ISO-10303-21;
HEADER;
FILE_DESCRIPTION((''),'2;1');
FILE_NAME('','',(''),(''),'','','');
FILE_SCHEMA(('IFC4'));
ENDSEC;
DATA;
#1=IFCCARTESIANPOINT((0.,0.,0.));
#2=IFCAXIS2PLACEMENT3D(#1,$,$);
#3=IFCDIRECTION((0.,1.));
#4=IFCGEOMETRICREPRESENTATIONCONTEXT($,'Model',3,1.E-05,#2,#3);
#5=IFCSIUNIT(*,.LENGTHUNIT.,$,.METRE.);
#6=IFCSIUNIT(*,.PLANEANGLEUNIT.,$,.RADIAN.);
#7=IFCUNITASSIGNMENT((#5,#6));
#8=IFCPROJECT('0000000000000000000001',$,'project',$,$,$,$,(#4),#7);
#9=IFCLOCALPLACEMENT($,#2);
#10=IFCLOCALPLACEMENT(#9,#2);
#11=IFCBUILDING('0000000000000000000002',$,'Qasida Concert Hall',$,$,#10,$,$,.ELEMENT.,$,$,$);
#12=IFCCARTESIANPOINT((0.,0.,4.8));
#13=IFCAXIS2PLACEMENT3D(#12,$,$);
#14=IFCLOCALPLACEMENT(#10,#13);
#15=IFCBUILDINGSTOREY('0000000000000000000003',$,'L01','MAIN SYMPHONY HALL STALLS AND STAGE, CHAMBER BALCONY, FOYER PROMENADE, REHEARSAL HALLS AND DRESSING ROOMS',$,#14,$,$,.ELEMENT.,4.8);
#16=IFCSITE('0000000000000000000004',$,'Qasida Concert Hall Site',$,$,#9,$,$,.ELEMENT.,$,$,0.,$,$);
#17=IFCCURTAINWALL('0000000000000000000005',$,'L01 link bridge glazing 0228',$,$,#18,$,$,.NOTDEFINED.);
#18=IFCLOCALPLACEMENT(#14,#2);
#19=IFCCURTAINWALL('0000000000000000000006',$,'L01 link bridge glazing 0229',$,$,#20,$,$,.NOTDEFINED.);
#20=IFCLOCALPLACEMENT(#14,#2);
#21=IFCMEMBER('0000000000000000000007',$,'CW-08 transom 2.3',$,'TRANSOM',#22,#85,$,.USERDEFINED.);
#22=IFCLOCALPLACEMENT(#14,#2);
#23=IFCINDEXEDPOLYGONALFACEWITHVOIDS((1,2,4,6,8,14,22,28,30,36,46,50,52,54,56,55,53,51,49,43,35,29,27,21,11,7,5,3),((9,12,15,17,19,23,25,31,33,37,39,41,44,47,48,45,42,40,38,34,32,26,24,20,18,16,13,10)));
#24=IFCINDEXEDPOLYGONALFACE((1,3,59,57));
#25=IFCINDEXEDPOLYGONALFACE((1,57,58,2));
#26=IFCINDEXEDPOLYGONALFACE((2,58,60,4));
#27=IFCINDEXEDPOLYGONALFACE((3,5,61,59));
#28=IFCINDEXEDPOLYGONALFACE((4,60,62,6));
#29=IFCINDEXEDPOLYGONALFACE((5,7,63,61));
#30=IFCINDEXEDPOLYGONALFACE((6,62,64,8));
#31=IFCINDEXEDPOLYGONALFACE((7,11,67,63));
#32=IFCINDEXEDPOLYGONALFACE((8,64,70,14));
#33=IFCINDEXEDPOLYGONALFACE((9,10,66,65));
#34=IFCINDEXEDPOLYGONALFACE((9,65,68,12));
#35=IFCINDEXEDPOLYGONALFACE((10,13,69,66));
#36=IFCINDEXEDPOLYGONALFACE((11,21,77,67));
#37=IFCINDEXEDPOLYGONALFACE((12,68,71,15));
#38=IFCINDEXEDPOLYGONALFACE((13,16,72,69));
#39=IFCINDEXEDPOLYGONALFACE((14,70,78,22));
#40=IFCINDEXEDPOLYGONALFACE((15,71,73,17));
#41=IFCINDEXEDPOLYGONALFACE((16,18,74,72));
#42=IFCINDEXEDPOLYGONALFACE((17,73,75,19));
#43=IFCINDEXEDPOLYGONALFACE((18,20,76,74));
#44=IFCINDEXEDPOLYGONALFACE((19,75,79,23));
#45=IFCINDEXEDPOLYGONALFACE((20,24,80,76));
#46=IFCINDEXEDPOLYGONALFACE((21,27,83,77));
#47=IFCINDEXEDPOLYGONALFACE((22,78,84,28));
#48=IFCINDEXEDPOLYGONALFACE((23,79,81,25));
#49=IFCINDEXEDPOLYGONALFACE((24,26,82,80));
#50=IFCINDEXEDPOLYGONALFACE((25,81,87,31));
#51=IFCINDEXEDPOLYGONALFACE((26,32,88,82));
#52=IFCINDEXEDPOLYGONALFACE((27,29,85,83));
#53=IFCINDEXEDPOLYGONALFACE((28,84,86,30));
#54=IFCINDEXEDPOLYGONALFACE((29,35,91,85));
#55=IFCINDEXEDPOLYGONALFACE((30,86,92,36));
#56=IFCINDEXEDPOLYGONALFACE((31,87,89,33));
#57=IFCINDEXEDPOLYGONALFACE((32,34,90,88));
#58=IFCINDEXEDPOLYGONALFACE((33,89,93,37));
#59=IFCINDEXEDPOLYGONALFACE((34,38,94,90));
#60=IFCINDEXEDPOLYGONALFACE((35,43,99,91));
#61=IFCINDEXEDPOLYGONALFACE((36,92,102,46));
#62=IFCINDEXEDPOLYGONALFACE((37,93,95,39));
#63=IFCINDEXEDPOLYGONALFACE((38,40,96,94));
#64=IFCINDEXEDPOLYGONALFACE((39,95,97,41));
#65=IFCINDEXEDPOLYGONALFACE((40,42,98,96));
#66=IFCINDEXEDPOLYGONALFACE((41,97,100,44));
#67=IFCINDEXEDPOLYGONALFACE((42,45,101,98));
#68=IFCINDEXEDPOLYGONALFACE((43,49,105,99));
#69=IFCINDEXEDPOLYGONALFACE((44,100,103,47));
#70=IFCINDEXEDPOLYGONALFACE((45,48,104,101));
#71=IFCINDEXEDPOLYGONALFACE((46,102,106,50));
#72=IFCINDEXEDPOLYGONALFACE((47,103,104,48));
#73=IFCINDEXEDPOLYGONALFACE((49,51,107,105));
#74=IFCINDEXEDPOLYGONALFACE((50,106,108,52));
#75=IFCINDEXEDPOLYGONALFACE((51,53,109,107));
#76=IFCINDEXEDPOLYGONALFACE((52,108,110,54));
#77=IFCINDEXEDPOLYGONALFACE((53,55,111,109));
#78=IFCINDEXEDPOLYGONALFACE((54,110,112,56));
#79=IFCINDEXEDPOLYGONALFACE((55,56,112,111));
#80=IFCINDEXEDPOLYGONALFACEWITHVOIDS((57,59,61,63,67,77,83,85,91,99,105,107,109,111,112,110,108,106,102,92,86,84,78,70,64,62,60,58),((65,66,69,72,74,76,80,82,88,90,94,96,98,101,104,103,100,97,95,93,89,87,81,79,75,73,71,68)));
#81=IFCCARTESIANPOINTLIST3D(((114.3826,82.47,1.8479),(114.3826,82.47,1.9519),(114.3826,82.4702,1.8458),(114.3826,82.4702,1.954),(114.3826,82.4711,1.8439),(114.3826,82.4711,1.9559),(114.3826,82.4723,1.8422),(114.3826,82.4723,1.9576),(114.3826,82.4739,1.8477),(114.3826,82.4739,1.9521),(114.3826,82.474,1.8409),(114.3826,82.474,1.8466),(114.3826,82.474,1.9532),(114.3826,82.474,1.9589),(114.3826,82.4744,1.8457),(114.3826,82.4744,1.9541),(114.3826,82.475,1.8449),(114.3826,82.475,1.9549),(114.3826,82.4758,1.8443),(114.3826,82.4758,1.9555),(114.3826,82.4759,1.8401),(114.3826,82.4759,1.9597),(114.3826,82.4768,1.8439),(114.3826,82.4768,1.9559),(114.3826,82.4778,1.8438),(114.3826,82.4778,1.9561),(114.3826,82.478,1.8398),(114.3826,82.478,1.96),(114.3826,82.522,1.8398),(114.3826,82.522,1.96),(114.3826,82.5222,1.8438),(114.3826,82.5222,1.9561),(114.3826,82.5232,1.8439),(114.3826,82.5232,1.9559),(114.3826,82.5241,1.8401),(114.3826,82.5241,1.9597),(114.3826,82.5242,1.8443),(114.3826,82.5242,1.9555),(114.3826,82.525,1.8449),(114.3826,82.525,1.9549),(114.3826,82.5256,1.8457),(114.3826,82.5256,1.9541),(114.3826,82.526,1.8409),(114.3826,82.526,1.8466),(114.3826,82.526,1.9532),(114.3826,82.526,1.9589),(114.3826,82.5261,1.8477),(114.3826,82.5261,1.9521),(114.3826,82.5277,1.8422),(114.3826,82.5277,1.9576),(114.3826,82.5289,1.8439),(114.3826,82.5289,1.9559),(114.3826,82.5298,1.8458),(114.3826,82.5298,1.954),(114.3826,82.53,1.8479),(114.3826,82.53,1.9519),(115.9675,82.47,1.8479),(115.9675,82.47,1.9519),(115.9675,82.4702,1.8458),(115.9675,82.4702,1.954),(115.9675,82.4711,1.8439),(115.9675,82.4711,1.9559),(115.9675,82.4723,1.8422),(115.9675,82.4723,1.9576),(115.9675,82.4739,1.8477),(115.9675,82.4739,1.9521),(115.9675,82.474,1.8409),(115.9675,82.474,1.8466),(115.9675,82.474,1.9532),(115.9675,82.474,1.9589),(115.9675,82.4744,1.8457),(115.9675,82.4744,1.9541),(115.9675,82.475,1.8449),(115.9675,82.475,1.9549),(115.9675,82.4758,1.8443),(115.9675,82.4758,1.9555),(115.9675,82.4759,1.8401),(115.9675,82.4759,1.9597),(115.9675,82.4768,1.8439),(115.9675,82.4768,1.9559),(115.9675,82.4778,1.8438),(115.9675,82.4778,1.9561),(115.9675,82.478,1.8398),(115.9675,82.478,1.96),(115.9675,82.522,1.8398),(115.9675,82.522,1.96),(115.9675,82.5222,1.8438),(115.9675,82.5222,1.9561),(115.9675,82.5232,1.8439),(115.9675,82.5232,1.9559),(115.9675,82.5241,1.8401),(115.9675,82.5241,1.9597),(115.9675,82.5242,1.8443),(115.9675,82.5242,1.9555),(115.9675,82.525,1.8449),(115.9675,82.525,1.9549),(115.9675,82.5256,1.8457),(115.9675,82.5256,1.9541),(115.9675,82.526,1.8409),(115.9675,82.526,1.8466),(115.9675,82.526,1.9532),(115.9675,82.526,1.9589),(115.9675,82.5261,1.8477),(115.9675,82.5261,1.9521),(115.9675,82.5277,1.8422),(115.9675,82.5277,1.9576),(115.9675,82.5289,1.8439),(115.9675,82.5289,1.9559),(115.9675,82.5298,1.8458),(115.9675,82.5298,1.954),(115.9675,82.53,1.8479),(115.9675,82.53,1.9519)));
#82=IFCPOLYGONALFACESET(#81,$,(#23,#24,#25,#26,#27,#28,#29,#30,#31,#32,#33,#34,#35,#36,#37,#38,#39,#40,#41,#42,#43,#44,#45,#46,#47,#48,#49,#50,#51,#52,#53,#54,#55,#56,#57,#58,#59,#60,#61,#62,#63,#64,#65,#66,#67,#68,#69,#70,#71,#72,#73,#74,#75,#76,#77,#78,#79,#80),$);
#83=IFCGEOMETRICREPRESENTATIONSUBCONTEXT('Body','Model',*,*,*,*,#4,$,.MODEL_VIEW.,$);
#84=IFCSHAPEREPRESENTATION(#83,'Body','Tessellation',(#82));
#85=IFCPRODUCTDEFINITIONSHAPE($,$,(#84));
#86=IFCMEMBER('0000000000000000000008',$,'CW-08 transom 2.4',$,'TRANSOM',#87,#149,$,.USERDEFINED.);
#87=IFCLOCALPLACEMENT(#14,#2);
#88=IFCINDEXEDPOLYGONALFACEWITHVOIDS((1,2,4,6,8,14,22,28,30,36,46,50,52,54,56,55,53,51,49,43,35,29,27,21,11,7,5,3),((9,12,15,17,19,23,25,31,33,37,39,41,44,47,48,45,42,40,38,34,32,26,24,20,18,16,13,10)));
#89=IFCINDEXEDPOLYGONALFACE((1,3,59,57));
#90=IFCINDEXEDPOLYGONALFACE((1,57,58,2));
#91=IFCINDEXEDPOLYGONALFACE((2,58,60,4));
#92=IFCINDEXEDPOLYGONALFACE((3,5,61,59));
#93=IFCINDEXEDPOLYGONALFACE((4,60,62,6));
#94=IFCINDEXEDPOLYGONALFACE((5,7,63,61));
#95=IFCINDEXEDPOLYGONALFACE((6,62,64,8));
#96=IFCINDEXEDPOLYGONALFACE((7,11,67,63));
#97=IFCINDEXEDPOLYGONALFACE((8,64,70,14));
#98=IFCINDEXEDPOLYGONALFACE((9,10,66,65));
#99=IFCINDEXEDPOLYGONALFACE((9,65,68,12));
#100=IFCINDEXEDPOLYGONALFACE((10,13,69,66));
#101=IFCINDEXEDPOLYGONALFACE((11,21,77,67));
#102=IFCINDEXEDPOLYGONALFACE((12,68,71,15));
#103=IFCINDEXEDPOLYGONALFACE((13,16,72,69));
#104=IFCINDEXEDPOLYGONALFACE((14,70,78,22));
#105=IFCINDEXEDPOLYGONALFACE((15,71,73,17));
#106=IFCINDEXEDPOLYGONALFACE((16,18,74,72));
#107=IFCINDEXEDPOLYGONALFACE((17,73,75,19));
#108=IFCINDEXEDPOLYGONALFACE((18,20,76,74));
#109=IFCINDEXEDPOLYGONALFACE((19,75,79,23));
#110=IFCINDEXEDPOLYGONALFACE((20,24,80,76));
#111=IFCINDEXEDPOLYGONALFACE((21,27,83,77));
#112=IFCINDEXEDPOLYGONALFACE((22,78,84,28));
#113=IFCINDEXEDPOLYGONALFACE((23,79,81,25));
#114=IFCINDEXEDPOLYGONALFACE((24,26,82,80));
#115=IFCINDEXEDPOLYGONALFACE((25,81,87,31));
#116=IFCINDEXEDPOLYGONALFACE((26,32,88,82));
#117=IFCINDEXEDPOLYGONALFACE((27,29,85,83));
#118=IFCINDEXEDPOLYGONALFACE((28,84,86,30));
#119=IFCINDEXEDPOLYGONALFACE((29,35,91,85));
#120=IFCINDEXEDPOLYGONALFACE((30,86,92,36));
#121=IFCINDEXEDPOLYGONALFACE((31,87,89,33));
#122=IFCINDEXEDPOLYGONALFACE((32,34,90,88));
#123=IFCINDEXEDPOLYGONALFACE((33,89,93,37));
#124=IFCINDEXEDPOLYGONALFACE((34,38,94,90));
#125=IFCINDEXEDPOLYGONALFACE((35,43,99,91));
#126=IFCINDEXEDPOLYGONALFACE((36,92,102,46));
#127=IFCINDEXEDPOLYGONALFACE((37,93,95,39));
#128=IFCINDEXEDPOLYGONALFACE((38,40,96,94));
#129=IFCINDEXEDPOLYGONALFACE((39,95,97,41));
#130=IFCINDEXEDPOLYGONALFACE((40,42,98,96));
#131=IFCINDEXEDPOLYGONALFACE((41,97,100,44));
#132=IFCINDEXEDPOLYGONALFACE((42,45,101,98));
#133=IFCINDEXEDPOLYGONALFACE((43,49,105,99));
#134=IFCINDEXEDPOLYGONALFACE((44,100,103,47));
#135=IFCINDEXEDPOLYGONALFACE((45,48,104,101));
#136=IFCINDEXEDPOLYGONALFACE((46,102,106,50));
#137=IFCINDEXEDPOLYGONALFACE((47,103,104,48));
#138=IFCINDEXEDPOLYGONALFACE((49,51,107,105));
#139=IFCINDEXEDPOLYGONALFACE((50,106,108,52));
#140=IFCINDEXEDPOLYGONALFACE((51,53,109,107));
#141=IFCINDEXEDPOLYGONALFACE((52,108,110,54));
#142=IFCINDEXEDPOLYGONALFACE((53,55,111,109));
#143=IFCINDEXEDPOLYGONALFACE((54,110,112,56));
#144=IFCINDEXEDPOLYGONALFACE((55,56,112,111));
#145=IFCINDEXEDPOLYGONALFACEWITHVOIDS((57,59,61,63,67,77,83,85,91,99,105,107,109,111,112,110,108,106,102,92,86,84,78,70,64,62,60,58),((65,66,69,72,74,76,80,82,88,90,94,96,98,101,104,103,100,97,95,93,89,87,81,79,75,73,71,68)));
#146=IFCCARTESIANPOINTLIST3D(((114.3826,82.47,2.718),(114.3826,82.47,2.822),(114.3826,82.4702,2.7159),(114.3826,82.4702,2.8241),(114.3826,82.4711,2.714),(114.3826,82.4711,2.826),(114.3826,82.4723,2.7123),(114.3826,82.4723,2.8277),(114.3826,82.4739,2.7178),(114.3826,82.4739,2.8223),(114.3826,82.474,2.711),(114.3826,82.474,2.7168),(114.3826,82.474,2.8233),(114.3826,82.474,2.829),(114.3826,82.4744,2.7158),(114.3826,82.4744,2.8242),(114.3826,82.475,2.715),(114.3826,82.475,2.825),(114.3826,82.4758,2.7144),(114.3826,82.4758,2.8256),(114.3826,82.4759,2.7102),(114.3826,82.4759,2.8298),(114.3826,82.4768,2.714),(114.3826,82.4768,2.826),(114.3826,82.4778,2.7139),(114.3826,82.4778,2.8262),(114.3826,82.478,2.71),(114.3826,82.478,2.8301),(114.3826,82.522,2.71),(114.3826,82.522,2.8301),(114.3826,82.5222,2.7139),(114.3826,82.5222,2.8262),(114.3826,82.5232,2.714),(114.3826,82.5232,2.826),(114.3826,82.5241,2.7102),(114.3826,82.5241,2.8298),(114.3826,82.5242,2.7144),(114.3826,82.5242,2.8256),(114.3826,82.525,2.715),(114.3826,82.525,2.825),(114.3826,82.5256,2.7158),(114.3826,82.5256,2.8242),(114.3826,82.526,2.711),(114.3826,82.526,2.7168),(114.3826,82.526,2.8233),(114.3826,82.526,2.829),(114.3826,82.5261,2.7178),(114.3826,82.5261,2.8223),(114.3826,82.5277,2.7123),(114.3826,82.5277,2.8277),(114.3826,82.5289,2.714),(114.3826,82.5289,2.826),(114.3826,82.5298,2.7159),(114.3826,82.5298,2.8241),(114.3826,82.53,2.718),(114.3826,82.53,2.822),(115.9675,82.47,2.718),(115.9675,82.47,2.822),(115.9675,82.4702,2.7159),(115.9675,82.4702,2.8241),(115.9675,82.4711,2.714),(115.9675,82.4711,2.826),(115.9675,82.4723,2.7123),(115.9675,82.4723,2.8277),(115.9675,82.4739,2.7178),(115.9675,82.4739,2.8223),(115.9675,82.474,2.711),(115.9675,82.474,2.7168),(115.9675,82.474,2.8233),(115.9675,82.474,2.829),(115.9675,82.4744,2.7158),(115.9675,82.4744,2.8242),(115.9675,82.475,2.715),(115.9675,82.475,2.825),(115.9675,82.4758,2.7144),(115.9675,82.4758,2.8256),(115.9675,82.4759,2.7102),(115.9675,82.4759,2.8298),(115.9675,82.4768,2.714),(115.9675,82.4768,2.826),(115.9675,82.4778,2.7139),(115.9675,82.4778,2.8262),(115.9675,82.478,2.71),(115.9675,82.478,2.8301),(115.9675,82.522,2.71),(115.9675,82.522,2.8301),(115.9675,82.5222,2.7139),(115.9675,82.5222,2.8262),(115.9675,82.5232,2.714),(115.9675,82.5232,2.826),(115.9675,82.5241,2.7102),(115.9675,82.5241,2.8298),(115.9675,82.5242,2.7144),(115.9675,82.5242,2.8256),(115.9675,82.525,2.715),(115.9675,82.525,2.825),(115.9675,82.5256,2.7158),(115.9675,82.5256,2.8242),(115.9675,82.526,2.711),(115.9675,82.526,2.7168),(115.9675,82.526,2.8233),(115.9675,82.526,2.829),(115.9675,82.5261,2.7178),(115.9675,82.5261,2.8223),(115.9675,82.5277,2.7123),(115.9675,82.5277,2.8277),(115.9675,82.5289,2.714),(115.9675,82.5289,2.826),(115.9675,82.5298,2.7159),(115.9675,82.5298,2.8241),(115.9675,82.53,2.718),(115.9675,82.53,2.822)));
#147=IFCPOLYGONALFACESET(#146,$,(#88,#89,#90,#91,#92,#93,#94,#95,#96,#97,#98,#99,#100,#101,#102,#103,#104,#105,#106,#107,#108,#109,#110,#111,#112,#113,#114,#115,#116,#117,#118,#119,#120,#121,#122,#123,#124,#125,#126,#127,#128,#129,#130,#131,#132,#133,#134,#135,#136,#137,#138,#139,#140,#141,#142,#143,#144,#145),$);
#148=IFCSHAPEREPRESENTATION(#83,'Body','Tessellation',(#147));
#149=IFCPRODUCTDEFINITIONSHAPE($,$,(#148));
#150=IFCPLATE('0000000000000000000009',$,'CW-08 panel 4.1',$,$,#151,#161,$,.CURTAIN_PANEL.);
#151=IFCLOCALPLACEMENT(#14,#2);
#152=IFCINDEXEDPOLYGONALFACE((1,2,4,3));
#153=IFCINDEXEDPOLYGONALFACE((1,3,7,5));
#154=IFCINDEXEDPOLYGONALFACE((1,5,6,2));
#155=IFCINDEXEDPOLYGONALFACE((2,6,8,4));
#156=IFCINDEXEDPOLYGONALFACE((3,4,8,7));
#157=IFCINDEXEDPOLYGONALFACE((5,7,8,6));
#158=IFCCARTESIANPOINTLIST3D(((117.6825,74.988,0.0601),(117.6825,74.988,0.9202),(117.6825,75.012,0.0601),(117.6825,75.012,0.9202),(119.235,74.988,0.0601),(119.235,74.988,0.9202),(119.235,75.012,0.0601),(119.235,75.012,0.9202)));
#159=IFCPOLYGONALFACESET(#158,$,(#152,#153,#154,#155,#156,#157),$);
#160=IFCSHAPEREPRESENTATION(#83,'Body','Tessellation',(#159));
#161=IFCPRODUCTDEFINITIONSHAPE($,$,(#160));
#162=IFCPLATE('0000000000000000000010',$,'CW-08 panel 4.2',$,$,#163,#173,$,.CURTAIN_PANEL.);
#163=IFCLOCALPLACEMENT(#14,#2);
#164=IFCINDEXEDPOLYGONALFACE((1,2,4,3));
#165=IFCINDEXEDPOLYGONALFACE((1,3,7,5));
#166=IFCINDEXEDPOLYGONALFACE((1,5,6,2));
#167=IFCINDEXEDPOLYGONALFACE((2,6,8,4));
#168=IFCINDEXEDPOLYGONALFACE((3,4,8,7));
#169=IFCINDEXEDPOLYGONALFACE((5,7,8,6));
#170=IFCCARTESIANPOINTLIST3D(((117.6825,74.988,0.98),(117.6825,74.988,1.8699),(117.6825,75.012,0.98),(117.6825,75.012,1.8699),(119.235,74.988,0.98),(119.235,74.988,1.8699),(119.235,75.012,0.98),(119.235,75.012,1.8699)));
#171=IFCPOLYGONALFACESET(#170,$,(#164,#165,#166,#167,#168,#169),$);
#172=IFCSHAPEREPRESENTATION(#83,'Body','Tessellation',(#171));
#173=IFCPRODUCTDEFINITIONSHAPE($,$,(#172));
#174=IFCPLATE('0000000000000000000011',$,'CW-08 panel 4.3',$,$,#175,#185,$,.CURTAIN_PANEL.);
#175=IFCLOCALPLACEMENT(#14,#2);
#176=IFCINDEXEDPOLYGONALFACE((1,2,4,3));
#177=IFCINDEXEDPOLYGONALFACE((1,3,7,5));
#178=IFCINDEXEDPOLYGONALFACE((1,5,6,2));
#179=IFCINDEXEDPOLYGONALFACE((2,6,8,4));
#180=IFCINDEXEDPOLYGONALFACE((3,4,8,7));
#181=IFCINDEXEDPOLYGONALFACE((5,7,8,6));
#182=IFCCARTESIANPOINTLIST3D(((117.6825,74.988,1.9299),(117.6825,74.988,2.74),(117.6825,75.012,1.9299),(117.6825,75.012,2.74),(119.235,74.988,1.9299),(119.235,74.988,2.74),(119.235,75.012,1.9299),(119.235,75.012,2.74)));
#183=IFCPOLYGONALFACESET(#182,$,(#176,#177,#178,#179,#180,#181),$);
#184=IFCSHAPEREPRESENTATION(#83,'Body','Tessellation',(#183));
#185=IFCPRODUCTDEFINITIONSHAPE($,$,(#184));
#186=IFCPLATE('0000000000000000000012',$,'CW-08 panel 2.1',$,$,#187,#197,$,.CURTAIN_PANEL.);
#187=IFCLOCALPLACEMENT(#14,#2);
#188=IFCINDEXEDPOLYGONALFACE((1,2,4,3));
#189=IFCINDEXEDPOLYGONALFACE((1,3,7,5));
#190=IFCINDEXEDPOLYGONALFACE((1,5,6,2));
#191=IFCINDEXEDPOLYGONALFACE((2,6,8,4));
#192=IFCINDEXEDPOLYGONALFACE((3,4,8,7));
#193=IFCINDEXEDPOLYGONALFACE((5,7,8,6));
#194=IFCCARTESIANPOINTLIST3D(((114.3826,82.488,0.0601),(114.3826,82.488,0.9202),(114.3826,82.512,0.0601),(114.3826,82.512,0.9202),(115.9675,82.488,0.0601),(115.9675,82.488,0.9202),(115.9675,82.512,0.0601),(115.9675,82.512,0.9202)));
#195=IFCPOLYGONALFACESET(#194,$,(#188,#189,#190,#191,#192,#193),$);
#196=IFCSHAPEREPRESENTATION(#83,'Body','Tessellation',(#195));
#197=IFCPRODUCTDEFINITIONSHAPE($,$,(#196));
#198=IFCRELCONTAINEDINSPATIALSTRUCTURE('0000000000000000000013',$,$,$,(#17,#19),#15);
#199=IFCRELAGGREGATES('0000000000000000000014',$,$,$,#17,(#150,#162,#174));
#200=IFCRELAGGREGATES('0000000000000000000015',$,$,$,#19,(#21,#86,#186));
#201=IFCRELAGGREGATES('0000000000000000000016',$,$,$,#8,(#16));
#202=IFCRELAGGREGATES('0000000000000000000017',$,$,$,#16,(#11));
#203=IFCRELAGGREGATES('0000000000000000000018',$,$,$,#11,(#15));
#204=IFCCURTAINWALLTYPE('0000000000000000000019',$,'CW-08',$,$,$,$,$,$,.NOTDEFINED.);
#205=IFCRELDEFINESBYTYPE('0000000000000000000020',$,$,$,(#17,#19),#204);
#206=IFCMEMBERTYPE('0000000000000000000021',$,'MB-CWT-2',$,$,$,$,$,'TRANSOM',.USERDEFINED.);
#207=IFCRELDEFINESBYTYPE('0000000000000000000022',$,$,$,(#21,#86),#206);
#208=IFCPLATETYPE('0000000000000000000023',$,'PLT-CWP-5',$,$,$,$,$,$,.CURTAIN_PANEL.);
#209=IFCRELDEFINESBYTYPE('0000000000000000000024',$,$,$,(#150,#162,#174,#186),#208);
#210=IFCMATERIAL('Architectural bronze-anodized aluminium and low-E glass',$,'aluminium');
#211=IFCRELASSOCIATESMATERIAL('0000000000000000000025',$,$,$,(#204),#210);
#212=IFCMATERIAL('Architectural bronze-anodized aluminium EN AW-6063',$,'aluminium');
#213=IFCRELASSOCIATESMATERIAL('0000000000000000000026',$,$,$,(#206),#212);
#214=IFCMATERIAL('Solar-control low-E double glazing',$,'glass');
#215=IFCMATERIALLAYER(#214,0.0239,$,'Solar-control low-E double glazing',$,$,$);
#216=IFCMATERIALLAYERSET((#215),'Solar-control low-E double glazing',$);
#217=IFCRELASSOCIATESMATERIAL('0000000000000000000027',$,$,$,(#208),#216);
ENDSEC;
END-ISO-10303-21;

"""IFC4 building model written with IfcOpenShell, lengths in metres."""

from ifc_helpers import new_model, si_unit, direction, frame, origin, origin_2d, place, context, subcontext, project, spatial, rectangle, hollow_rectangle, extrude, material, layer, layer_set, material_profile, profile_set, type_object, element, aggregate, save


model = new_model("IFC4")

# Units and contexts
model_context = context("Model", 3, precision=1e-05, world=origin(), true_north=direction((0.0, 1.0)))
body_context = subcontext(model_context, "Body", "Model", "MODEL_VIEW")
ifc_project = project(units=[si_unit("LENGTHUNIT", "METRE"), si_unit("PLANEANGLEUNIT", "RADIAN")], contexts=[model_context])

# Site, building, storey
site_placement = place(None, origin())
site = spatial("IfcSite", under=ifc_project, at=site_placement, Name="Qasida Concert Hall Site", CompositionType="ELEMENT", RefElevation=0.0)
building_placement = place(site_placement, origin())
building = spatial("IfcBuilding", under=site, at=building_placement, Name="Qasida Concert Hall", CompositionType="ELEMENT")
storey_placement = place(building_placement, frame((0.0, 0.0, 4.8)))
storey = spatial("IfcBuildingStorey", under=building, at=storey_placement, Name="L01", Description="MAIN SYMPHONY HALL STALLS AND STAGE, CHAMBER BALCONY, FOYER PROMENADE, REHEARSAL HALLS AND DRESSING ROOMS", CompositionType="ELEMENT", Elevation=4.8)

# Curtain wall
ifc_material_1 = material(Name="Architectural bronze-anodized aluminium and low-E glass", Category="aluminium")
ifc_material_2 = material(Name="Architectural bronze-anodized aluminium EN AW-6063", Category="aluminium")
curtain_wall_type_1 = type_object("IfcCurtainWallType", Name="CW-08", PredefinedType="NOTDEFINED", material=ifc_material_1)
curtain_wall_1_placement = place(storey_placement, origin())
curtain_wall_1 = element("IfcCurtainWall", 1, at=curtain_wall_1_placement, inside=storey, type_object=curtain_wall_type_1, Name="L01 link bridge glazing 0228", PredefinedType="NOTDEFINED")

# Shared definitions
ifc_material_profile_1 = material_profile(ifc_material_2, hollow_rectangle(XDim=0.0601, YDim=0.1201, WallThickness=0.0039, InnerFilletRadius=0.0039, OuterFilletRadius=0.0081, at=origin_2d()), Name="CWT 120x60x4")
ifc_profile_set_1 = profile_set([ifc_material_profile_1], Name="Architectural bronze-anodized aluminium EN AW-6063")
member_type_1 = type_object("IfcMemberType", Name="MB-CWT-2", ElementType="TRANSOM", PredefinedType="USERDEFINED", material=ifc_profile_set_1)

# Curtain wall, members
curtain_wall_2_placement = place(storey_placement, origin())
curtain_wall_2 = element("IfcCurtainWall", 2, at=curtain_wall_2_placement, inside=storey, type_object=curtain_wall_type_1, Name="L01 link bridge glazing 0229", PredefinedType="NOTDEFINED")
member_1_placement = place(storey_placement, frame((114.3826, 82.5, 1.8999), z_axis=(1.0, 0.0, 0.0), x_axis=(0.0, 1.0, 0.0)))
member_1 = element("IfcMember", 3, at=member_1_placement, type_object=member_type_1, Name="CW-08 transom 2.3", ObjectType="TRANSOM", PredefinedType="USERDEFINED", context=body_context, shape_type="SweptSolid", body=[
    extrude(hollow_rectangle(XDim=0.0601, YDim=0.1201, WallThickness=0.0039, InnerFilletRadius=0.0039, OuterFilletRadius=0.0081, at=origin_2d()), origin(), (0.0, 0.0, 1.0), 1.585),
])
member_2_placement = place(storey_placement, frame((114.3826, 82.5, 2.77), z_axis=(1.0, 0.0, 0.0), x_axis=(0.0, 1.0, 0.0)))
member_2 = element("IfcMember", 4, at=member_2_placement, type_object=member_type_1, Name="CW-08 transom 2.4", ObjectType="TRANSOM", PredefinedType="USERDEFINED", context=body_context, shape_type="SweptSolid", body=[
    extrude(hollow_rectangle(XDim=0.0601, YDim=0.1201, WallThickness=0.0039, InnerFilletRadius=0.0039, OuterFilletRadius=0.0081, at=origin_2d()), origin(), (0.0, 0.0, 1.0), 1.585),
])

# Plates
ifc_material_3 = material(Name="Solar-control low-E double glazing", Category="glass")
ifc_layer = layer(ifc_material_3, 0.0239, Name="Solar-control low-E double glazing")
ifc_layer_set = layer_set([ifc_layer], Name="Solar-control low-E double glazing")
plate_type = type_object("IfcPlateType", Name="PLT-CWP-5", PredefinedType="CURTAIN_PANEL", material=ifc_layer_set)
plate_1_placement = place(storey_placement, frame((118.4587, 75.0, 0.0601), z_axis=(0.0, 0.0, 1.0), x_axis=(1.0, 0.0, 0.0)))
plate_1 = element("IfcPlate", 5, at=plate_1_placement, type_object=plate_type, Name="CW-08 panel 4.1", PredefinedType="CURTAIN_PANEL", context=body_context, shape_type="SweptSolid", body=[
    extrude(rectangle(XDim=1.5525, YDim=0.0239, at=origin_2d()), origin(), (0.0, 0.0, 1.0), 0.8601),
])
plate_2_placement = place(storey_placement, frame((118.4587, 75.0, 0.98), z_axis=(0.0, 0.0, 1.0), x_axis=(1.0, 0.0, 0.0)))
plate_2 = element("IfcPlate", 6, at=plate_2_placement, type_object=plate_type, Name="CW-08 panel 4.2", PredefinedType="CURTAIN_PANEL", context=body_context, shape_type="SweptSolid", body=[
    extrude(rectangle(XDim=1.5525, YDim=0.0239, at=origin_2d()), origin(), (0.0, 0.0, 1.0), 0.8899),
])
plate_3_placement = place(storey_placement, frame((118.4587, 75.0, 1.9299), z_axis=(0.0, 0.0, 1.0), x_axis=(1.0, 0.0, 0.0)))
plate_3 = element("IfcPlate", 7, at=plate_3_placement, type_object=plate_type, Name="CW-08 panel 4.3", PredefinedType="CURTAIN_PANEL", context=body_context, shape_type="SweptSolid", body=[
    extrude(rectangle(XDim=1.5525, YDim=0.0239, at=origin_2d()), origin(), (0.0, 0.0, 1.0), 0.8101),
])
aggregate(curtain_wall_1, [plate_1, plate_2, plate_3])
plate_4_placement = place(storey_placement, frame((115.175, 82.5, 0.0601), z_axis=(0.0, 0.0, 1.0), x_axis=(1.0, 0.0, 0.0)))
plate_4 = element("IfcPlate", 8, at=plate_4_placement, type_object=plate_type, Name="CW-08 panel 2.1", PredefinedType="CURTAIN_PANEL", context=body_context, shape_type="SweptSolid", body=[
    extrude(rectangle(XDim=1.585, YDim=0.0239, at=origin_2d()), origin(), (0.0, 0.0, 1.0), 0.8601),
])
aggregate(curtain_wall_2, [member_1, member_2, plate_4])

save(model, "model.ifc")
